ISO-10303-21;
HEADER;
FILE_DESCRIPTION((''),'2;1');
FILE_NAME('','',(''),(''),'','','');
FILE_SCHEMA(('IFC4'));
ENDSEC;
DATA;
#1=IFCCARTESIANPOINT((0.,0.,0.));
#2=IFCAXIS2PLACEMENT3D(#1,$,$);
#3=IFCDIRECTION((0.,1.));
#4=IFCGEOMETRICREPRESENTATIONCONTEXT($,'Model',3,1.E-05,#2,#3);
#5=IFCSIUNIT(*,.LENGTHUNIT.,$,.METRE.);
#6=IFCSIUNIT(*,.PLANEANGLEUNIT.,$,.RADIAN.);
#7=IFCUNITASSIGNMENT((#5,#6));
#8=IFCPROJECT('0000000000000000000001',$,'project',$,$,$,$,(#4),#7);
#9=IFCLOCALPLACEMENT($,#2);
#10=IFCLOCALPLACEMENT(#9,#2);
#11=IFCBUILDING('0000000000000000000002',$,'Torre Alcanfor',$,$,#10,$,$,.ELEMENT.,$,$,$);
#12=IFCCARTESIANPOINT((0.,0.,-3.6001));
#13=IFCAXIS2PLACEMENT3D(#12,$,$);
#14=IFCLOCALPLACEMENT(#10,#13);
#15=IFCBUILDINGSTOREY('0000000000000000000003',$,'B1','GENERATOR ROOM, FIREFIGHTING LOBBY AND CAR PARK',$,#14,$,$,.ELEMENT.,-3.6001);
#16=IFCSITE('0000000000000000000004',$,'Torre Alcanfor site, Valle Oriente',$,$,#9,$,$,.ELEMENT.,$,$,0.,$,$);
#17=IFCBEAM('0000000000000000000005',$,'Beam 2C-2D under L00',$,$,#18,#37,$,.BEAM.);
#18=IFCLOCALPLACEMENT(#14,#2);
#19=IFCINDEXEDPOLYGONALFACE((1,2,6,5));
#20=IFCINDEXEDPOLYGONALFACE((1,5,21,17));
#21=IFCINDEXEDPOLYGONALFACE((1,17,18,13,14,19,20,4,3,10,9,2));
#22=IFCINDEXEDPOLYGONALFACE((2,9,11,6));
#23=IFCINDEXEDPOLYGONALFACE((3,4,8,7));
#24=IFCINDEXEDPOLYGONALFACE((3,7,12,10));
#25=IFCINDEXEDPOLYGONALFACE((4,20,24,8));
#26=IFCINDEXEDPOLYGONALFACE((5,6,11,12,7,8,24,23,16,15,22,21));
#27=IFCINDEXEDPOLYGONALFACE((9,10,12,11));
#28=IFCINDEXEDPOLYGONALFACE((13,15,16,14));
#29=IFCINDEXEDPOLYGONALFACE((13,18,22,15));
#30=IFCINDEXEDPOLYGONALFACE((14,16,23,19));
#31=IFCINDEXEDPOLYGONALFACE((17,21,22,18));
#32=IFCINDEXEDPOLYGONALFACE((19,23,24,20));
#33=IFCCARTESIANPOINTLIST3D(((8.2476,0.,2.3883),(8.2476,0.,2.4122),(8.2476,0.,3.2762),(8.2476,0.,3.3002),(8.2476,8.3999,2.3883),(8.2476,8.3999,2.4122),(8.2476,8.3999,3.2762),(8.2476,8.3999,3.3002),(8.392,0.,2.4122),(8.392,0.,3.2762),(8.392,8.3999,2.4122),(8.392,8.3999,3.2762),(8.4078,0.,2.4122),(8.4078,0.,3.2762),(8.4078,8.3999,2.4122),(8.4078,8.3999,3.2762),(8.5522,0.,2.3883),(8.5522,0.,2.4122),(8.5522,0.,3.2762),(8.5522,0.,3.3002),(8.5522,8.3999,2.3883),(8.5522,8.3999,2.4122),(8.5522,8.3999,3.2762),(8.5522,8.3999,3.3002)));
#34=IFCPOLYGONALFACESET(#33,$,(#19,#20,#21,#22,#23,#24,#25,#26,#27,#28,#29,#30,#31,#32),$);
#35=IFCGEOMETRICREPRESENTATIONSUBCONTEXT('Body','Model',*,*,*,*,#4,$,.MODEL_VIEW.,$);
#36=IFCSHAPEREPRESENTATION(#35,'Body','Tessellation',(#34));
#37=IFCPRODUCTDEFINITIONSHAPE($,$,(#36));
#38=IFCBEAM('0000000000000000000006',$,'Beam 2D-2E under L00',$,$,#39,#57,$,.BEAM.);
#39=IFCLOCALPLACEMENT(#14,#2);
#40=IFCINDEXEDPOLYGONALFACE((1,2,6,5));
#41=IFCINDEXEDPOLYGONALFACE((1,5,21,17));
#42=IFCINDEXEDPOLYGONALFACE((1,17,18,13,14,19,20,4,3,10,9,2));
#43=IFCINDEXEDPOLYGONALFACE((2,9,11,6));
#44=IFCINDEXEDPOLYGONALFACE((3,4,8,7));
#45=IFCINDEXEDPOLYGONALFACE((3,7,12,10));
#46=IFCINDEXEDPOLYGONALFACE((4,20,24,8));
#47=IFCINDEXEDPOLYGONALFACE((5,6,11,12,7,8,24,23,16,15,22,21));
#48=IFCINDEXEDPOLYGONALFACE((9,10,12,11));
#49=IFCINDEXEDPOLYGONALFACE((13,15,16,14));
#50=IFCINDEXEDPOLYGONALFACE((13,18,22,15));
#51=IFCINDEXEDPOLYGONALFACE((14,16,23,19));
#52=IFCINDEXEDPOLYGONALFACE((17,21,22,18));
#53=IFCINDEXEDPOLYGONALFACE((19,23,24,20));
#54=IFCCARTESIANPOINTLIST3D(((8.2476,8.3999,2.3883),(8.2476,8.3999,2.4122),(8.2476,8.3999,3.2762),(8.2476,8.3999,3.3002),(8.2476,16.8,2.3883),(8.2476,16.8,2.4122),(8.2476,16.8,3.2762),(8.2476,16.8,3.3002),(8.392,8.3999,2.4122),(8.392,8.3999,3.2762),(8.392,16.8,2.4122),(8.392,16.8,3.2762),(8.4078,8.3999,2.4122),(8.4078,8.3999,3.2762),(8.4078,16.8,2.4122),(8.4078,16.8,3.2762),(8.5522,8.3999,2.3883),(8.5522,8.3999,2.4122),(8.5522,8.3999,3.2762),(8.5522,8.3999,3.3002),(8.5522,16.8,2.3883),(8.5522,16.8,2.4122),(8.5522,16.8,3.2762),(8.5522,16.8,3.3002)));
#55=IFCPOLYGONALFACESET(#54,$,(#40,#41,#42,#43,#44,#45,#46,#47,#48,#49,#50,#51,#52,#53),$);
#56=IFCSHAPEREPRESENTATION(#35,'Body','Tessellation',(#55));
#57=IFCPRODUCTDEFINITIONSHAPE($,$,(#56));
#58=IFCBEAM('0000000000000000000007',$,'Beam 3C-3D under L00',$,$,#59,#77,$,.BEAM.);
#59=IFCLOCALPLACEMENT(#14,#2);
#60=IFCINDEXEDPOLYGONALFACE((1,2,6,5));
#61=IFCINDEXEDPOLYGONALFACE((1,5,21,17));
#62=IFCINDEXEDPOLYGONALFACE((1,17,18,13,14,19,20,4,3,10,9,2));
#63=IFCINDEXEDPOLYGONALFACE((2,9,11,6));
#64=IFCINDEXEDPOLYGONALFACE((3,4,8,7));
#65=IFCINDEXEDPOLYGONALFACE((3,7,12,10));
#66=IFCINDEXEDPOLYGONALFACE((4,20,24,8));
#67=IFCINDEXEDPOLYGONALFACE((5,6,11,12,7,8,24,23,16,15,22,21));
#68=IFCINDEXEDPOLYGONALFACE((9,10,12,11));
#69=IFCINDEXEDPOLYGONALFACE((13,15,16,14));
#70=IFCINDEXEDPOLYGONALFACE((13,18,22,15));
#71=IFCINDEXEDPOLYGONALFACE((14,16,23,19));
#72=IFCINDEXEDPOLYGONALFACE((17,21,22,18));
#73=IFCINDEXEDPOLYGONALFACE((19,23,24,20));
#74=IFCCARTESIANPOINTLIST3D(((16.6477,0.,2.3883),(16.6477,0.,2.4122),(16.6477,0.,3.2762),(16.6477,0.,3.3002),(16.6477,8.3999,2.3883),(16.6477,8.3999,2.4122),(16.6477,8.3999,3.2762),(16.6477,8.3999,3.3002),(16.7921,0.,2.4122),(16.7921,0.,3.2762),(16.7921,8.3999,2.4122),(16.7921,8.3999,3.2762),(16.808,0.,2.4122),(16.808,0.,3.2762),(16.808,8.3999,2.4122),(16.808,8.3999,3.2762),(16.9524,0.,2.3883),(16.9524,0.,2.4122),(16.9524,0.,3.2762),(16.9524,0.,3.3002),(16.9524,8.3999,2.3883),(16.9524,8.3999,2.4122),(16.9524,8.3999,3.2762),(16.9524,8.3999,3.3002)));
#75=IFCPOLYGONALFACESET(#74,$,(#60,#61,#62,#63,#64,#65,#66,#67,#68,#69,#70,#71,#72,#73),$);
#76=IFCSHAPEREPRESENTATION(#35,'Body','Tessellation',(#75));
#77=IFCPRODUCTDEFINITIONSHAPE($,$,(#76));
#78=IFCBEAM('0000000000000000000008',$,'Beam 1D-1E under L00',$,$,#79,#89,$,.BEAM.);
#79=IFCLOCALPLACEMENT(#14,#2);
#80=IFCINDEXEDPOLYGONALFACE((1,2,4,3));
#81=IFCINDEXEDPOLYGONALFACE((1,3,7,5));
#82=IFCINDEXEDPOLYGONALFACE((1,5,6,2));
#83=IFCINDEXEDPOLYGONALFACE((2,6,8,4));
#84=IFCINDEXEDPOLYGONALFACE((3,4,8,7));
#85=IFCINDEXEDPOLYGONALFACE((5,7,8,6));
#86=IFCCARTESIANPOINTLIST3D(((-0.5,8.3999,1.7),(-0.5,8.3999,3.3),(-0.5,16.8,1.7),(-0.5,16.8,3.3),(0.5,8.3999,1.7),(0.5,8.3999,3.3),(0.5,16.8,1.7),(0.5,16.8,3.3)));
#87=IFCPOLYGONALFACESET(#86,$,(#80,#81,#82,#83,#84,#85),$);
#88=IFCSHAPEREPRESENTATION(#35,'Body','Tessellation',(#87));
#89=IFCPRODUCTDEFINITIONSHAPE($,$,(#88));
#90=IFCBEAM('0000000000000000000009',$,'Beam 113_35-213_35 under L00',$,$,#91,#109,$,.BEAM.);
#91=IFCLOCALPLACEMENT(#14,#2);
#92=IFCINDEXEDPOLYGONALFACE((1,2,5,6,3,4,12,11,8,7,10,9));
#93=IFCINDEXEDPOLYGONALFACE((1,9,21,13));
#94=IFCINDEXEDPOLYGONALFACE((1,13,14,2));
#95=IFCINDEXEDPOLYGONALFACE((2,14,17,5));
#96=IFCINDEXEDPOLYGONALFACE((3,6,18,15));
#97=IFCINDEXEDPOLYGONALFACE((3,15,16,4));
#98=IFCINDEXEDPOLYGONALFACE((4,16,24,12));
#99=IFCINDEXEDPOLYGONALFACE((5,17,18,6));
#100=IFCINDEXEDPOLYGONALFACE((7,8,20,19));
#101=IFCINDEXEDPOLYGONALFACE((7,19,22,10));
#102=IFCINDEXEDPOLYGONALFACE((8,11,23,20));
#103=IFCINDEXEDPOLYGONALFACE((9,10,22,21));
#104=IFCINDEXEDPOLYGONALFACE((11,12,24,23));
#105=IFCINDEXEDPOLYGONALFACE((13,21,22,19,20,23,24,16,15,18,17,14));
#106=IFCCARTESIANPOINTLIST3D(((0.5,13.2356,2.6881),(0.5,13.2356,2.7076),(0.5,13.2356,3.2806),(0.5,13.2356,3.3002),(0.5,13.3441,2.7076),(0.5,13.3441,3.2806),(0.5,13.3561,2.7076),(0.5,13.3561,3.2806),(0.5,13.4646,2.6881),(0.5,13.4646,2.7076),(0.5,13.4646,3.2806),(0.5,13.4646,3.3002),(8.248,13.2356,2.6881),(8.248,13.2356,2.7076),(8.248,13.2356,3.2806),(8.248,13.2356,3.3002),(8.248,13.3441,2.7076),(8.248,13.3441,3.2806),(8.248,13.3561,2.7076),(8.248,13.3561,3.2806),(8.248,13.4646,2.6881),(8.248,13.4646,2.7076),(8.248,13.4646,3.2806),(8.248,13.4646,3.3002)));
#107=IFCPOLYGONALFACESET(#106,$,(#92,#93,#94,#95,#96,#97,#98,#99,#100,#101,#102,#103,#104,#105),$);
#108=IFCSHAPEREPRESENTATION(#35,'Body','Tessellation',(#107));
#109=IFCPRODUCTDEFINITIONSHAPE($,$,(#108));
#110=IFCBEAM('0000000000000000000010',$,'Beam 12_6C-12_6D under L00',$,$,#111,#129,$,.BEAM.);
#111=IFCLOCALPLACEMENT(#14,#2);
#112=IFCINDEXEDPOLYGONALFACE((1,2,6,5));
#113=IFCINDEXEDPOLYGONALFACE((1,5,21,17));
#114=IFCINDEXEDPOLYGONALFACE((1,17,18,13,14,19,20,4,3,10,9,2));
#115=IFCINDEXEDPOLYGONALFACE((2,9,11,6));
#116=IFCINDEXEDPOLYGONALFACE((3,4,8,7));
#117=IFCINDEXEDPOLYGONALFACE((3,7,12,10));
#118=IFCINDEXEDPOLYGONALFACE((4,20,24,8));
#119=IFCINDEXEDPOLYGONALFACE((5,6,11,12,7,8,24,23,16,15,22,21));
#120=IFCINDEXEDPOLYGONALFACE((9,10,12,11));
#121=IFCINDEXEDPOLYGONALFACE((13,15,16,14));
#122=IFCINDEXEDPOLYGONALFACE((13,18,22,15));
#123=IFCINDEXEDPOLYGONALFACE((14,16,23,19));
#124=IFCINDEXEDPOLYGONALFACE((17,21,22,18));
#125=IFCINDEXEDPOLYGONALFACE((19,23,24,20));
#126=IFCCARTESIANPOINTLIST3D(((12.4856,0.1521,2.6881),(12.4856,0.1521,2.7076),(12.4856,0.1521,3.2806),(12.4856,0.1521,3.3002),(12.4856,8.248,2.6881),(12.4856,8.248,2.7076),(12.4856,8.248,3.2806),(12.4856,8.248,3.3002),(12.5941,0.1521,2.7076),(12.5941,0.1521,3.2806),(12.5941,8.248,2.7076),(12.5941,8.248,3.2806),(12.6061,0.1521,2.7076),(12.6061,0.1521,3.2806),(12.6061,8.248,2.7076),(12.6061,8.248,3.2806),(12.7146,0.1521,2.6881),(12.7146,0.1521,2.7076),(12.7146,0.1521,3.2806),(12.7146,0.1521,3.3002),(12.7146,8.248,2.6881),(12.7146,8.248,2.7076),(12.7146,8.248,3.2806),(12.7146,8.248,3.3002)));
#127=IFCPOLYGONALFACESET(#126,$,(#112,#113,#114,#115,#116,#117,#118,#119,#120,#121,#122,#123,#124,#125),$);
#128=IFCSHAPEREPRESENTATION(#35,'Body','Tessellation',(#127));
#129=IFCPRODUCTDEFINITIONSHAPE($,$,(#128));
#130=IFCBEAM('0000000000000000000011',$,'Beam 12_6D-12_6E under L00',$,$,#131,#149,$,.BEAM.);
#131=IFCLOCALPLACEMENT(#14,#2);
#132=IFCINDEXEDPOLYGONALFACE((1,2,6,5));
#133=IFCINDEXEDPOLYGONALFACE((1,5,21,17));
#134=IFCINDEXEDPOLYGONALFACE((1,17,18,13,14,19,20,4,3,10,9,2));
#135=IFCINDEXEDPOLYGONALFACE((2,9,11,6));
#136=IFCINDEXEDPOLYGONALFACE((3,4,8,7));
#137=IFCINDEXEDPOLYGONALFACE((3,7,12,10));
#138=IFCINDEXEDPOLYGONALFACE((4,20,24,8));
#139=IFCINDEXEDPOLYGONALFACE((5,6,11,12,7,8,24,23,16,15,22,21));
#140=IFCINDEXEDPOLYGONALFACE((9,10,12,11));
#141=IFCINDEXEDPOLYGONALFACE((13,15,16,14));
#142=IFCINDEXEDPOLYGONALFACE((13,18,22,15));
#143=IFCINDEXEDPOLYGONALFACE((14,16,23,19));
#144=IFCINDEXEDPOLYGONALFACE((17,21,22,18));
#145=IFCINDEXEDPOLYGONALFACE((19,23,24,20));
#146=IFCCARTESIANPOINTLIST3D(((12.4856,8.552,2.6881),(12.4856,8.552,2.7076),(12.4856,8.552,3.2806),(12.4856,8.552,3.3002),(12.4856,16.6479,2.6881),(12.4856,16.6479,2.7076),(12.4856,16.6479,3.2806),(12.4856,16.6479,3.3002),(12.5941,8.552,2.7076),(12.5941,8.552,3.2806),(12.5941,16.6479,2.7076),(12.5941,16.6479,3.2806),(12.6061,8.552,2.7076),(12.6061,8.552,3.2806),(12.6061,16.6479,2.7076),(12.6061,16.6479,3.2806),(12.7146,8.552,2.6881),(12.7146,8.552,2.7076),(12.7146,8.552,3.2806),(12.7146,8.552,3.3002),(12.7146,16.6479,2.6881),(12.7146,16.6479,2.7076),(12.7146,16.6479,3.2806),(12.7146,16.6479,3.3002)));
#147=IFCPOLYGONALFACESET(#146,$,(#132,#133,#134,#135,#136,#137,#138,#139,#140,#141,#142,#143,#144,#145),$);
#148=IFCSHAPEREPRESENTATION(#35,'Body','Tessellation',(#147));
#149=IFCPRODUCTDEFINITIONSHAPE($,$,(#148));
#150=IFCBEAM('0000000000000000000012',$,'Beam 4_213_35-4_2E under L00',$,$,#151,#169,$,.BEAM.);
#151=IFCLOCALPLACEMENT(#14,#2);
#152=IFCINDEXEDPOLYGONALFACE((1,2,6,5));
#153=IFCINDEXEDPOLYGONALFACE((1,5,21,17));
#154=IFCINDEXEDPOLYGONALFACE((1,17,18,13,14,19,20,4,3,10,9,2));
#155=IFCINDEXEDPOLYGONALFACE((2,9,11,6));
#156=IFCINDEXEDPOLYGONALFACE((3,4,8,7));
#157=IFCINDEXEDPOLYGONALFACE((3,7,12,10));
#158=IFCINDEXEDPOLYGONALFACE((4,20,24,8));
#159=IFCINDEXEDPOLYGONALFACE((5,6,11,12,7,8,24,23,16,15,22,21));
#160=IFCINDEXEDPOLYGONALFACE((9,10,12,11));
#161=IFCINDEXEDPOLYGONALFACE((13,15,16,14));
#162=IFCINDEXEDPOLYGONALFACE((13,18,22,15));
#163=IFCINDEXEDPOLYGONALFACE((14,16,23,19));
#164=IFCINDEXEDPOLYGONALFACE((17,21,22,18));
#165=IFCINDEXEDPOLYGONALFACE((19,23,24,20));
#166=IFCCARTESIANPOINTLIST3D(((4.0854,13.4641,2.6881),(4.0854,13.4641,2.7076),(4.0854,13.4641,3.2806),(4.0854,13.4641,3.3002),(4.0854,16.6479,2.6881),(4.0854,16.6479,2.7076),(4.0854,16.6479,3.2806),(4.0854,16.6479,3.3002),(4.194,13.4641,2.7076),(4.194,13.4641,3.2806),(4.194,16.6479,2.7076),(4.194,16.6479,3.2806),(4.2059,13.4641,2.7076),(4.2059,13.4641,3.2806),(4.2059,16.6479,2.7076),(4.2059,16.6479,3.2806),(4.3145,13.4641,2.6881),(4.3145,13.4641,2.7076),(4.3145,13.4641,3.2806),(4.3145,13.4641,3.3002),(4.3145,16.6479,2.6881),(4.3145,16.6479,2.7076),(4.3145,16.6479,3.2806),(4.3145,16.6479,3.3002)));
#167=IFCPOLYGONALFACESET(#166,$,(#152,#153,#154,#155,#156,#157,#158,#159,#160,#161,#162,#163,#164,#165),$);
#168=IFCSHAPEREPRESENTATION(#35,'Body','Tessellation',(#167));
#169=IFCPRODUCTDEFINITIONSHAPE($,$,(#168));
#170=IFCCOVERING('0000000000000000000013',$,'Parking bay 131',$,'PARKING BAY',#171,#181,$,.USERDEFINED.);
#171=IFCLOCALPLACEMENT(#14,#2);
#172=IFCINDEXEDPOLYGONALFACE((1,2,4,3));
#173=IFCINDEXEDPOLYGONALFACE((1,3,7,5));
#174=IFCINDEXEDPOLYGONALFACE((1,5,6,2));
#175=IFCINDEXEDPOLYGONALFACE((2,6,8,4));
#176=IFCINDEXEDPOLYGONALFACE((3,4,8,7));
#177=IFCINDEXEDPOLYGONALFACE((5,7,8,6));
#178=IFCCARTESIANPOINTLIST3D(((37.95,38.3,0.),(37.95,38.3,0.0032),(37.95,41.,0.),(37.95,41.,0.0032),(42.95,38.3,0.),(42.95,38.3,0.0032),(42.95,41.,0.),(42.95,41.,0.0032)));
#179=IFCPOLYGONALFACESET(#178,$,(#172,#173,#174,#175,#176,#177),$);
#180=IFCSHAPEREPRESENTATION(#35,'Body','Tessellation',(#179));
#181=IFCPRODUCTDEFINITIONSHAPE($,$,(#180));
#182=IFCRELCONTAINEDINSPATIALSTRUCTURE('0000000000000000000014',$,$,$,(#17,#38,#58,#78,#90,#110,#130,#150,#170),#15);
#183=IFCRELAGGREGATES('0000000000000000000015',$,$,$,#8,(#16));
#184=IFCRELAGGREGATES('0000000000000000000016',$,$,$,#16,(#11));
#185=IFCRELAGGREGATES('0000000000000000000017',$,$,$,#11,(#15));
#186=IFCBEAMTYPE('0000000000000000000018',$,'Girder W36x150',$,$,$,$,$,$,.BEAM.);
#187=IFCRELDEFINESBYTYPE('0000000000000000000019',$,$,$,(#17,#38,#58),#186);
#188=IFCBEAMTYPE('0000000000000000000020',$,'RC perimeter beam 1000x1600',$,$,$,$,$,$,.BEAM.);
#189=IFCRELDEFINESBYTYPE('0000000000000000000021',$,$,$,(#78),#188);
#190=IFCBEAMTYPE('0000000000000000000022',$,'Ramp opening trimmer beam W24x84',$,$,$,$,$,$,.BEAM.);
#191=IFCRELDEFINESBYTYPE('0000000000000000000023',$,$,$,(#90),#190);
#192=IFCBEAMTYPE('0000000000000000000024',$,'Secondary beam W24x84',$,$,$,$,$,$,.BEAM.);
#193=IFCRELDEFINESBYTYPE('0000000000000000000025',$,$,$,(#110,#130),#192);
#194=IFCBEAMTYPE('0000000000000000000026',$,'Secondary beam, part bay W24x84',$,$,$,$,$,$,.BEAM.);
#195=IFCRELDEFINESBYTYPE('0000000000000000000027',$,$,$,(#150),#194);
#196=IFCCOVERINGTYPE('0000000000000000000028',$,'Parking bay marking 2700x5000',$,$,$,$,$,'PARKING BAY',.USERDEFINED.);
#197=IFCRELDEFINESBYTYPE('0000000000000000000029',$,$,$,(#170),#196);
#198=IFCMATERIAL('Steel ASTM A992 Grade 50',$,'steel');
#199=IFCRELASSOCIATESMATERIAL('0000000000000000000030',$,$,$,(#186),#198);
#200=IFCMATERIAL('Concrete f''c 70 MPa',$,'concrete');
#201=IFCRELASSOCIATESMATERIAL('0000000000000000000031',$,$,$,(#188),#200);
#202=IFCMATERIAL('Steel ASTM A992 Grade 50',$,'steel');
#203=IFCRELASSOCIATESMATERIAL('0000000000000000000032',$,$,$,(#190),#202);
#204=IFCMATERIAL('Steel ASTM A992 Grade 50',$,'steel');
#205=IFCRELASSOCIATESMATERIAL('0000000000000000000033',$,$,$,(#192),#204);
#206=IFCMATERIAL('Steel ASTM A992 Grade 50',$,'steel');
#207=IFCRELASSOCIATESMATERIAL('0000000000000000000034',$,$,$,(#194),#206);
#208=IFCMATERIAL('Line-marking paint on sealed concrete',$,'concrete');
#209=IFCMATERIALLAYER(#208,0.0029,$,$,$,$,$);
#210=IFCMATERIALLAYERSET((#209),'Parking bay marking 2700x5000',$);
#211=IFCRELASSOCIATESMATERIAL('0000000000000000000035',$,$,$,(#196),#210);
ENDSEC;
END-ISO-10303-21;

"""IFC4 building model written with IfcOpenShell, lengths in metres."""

from ifc_helpers import new_model, si_unit, direction, frame, origin, origin_2d, place, context, subcontext, project, spatial, polyline, rectangle, i_section, outline, extrude, material, layer, layer_set, material_profile, profile_set, type_object, element, save


model = new_model("IFC4")

# Units and contexts
model_context = context("Model", 3, precision=1e-05, world=origin(), true_north=direction((0.0, 1.0)))
body_context = subcontext(model_context, "Body", "Model", "MODEL_VIEW")
ifc_project = project(units=[si_unit("LENGTHUNIT", "METRE"), si_unit("PLANEANGLEUNIT", "RADIAN")], contexts=[model_context])

# Site, building, storey
site_placement = place(None, origin())
site = spatial("IfcSite", under=ifc_project, at=site_placement, Name="Torre Alcanfor site, Valle Oriente", CompositionType="ELEMENT", RefElevation=0.0)
building_placement = place(site_placement, origin())
building = spatial("IfcBuilding", under=site, at=building_placement, Name="Torre Alcanfor", CompositionType="ELEMENT")
storey_placement = place(building_placement, frame((0.0, 0.0, -3.6001)))
storey = spatial("IfcBuildingStorey", under=building, at=storey_placement, Name="B1", Description="GENERATOR ROOM, FIREFIGHTING LOBBY AND CAR PARK", CompositionType="ELEMENT", Elevation=-3.6001)

# Beams
ifc_material_1 = material(Name="Steel ASTM A992 Grade 50", Category="steel")
ifc_material_profile_1 = material_profile(ifc_material_1, i_section(OverallWidth=0.3047, OverallDepth=0.9119, WebThickness=0.0159, FlangeThickness=0.0239, at=origin_2d()), Name="W36x150")
ifc_profile_set_1 = profile_set([ifc_material_profile_1], Name="Steel ASTM A992 Grade 50")
beam_type_1 = type_object("IfcBeamType", Name="Girder W36x150", PredefinedType="BEAM", material=ifc_profile_set_1)
beam_1_placement = place(storey_placement, frame((8.3999, 0.0, 2.8442), z_axis=(0.0, 1.0, 0.0), x_axis=(-1.0, 0.0, 0.0)))
element("IfcBeam", 1, at=beam_1_placement, inside=storey, type_object=beam_type_1, Name="Beam 2C-2D under L00", PredefinedType="BEAM", context=body_context, shape_type="SweptSolid", body=[
    extrude(i_section(OverallWidth=0.3047, OverallDepth=0.9119, WebThickness=0.0159, FlangeThickness=0.0239, at=origin_2d()), origin(), (0.0, 0.0, 1.0), 8.3999),
])
beam_2_placement = place(storey_placement, frame((8.3999, 8.3999, 2.8442), z_axis=(0.0, 1.0, 0.0), x_axis=(-1.0, 0.0, 0.0)))
element("IfcBeam", 2, at=beam_2_placement, inside=storey, type_object=beam_type_1, Name="Beam 2D-2E under L00", PredefinedType="BEAM", context=body_context, shape_type="SweptSolid", body=[
    extrude(i_section(OverallWidth=0.3047, OverallDepth=0.9119, WebThickness=0.0159, FlangeThickness=0.0239, at=origin_2d()), origin(), (0.0, 0.0, 1.0), 8.4001),
])
beam_3_placement = place(storey_placement, frame((16.8, 0.0, 2.8442), z_axis=(0.0, 1.0, 0.0), x_axis=(-1.0, 0.0, 0.0)))
element("IfcBeam", 3, at=beam_3_placement, inside=storey, type_object=beam_type_1, Name="Beam 3C-3D under L00", PredefinedType="BEAM", context=body_context, shape_type="SweptSolid", body=[
    extrude(i_section(OverallWidth=0.3047, OverallDepth=0.9119, WebThickness=0.0159, FlangeThickness=0.0239, at=origin_2d()), origin(), (0.0, 0.0, 1.0), 8.3999),
])
ifc_material_2 = material(Name="Concrete f'c 70 MPa", Category="concrete")
ifc_material_profile_2 = material_profile(ifc_material_2, rectangle(XDim=1.0, YDim=1.6001, at=origin_2d()), Name="1000x1600")
ifc_profile_set_2 = profile_set([ifc_material_profile_2], Name="Concrete f'c 70 MPa")
beam_type_2 = type_object("IfcBeamType", Name="RC perimeter beam 1000x1600", PredefinedType="BEAM", material=ifc_profile_set_2)
beam_4_placement = place(storey_placement, frame((0.0, 8.3999, 2.5), z_axis=(0.0, 1.0, 0.0), x_axis=(-1.0, 0.0, 0.0)))
element("IfcBeam", 4, at=beam_4_placement, inside=storey, type_object=beam_type_2, Name="Beam 1D-1E under L00", PredefinedType="BEAM", context=body_context, shape_type="SweptSolid", body=[
    extrude(rectangle(XDim=1.0, YDim=1.6001, at=origin_2d()), origin(), (0.0, 0.0, 1.0), 8.4001),
])
ifc_material_3 = material(Name="Steel ASTM A992 Grade 50", Category="steel")
ifc_material_profile_3 = material_profile(ifc_material_3, i_section(OverallWidth=0.229, OverallDepth=0.6121, WebThickness=0.012, FlangeThickness=0.0195, at=origin_2d()), Name="W24x84")
ifc_profile_set_3 = profile_set([ifc_material_profile_3], Name="Steel ASTM A992 Grade 50")
beam_type_3 = type_object("IfcBeamType", Name="Ramp opening trimmer beam W24x84", PredefinedType="BEAM", material=ifc_profile_set_3)
beam_5_placement = place(storey_placement, frame((0.5, 13.3501, 2.9941), z_axis=(1.0, 0.0, 0.0), x_axis=(0.0, 1.0, 0.0)))
element("IfcBeam", 5, at=beam_5_placement, inside=storey, type_object=beam_type_3, Name="Beam 113_35-213_35 under L00", PredefinedType="BEAM", context=body_context, shape_type="SweptSolid", body=[
    extrude(i_section(OverallWidth=0.229, OverallDepth=0.6121, WebThickness=0.012, FlangeThickness=0.0195, at=origin_2d()), origin(), (0.0, 0.0, 1.0), 7.748),
])
ifc_material_4 = material(Name="Steel ASTM A992 Grade 50", Category="steel")
ifc_material_profile_4 = material_profile(ifc_material_4, i_section(OverallWidth=0.229, OverallDepth=0.6121, WebThickness=0.012, FlangeThickness=0.0195, at=origin_2d()), Name="W24x84")
ifc_profile_set_4 = profile_set([ifc_material_profile_4], Name="Steel ASTM A992 Grade 50")
beam_type_4 = type_object("IfcBeamType", Name="Secondary beam W24x84", PredefinedType="BEAM", material=ifc_profile_set_4)
for number, where, z_axis, x_axis, name in (
    (6, (12.6001, 0.1521, 2.9941), (0.0, 1.0, 0.0), (-1.0, 0.0, 0.0), "Beam 12_6C-12_6D under L00"),
    (7, (12.6001, 8.552, 2.9941), (0.0, 1.0, 0.0), (-1.0, 0.0, 0.0), "Beam 12_6D-12_6E under L00"),
):
    element("IfcBeam", number, at=place(storey_placement, frame(where, z_axis=z_axis, x_axis=x_axis)), inside=storey, type_object=beam_type_4, Name=name, PredefinedType="BEAM", context=body_context, shape_type="SweptSolid", body=[
        extrude(i_section(OverallWidth=0.229, OverallDepth=0.6121, WebThickness=0.012, FlangeThickness=0.0195, at=origin_2d()), origin(), (0.0, 0.0, 1.0), 8.0959),
    ])
ifc_material_5 = material(Name="Steel ASTM A992 Grade 50", Category="steel")
ifc_material_profile_5 = material_profile(ifc_material_5, i_section(OverallWidth=0.229, OverallDepth=0.6121, WebThickness=0.012, FlangeThickness=0.0195, at=origin_2d()), Name="W24x84")
ifc_profile_set_5 = profile_set([ifc_material_profile_5], Name="Steel ASTM A992 Grade 50")
beam_type_5 = type_object("IfcBeamType", Name="Secondary beam, part bay W24x84", PredefinedType="BEAM", material=ifc_profile_set_5)
beam_6_placement = place(storey_placement, frame((4.2, 13.4641, 2.9941), z_axis=(0.0, 1.0, 0.0), x_axis=(-1.0, 0.0, 0.0)))
element("IfcBeam", 8, at=beam_6_placement, inside=storey, type_object=beam_type_5, Name="Beam 4_213_35-4_2E under L00", PredefinedType="BEAM", context=body_context, shape_type="SweptSolid", body=[
    extrude(i_section(OverallWidth=0.229, OverallDepth=0.6121, WebThickness=0.012, FlangeThickness=0.0195, at=origin_2d()), origin(), (0.0, 0.0, 1.0), 3.1838),
])

# Covering
ifc_material_6 = material(Name="Line-marking paint on sealed concrete", Category="concrete")
ifc_layer = layer(ifc_material_6, 0.0029)
ifc_layer_set = layer_set([ifc_layer], Name="Parking bay marking 2700x5000")
covering_type = type_object("IfcCoveringType", Name="Parking bay marking 2700x5000", ElementType="PARKING BAY", PredefinedType="USERDEFINED", material=ifc_layer_set)
covering_1_placement = place(storey_placement, origin())
element("IfcCovering", 9, at=covering_1_placement, inside=storey, type_object=covering_type, Name="Parking bay 131", ObjectType="PARKING BAY", PredefinedType="USERDEFINED", context=body_context, shape_type="SweptSolid", body=[
    extrude(outline(polyline([(37.95, 38.3), (42.95, 38.3), (42.95, 41.0), (37.95, 41.0), (37.95, 38.3)])), origin(), (0.0, 0.0, 1.0), 0.0032),
])

save(model, "model.ifc")
